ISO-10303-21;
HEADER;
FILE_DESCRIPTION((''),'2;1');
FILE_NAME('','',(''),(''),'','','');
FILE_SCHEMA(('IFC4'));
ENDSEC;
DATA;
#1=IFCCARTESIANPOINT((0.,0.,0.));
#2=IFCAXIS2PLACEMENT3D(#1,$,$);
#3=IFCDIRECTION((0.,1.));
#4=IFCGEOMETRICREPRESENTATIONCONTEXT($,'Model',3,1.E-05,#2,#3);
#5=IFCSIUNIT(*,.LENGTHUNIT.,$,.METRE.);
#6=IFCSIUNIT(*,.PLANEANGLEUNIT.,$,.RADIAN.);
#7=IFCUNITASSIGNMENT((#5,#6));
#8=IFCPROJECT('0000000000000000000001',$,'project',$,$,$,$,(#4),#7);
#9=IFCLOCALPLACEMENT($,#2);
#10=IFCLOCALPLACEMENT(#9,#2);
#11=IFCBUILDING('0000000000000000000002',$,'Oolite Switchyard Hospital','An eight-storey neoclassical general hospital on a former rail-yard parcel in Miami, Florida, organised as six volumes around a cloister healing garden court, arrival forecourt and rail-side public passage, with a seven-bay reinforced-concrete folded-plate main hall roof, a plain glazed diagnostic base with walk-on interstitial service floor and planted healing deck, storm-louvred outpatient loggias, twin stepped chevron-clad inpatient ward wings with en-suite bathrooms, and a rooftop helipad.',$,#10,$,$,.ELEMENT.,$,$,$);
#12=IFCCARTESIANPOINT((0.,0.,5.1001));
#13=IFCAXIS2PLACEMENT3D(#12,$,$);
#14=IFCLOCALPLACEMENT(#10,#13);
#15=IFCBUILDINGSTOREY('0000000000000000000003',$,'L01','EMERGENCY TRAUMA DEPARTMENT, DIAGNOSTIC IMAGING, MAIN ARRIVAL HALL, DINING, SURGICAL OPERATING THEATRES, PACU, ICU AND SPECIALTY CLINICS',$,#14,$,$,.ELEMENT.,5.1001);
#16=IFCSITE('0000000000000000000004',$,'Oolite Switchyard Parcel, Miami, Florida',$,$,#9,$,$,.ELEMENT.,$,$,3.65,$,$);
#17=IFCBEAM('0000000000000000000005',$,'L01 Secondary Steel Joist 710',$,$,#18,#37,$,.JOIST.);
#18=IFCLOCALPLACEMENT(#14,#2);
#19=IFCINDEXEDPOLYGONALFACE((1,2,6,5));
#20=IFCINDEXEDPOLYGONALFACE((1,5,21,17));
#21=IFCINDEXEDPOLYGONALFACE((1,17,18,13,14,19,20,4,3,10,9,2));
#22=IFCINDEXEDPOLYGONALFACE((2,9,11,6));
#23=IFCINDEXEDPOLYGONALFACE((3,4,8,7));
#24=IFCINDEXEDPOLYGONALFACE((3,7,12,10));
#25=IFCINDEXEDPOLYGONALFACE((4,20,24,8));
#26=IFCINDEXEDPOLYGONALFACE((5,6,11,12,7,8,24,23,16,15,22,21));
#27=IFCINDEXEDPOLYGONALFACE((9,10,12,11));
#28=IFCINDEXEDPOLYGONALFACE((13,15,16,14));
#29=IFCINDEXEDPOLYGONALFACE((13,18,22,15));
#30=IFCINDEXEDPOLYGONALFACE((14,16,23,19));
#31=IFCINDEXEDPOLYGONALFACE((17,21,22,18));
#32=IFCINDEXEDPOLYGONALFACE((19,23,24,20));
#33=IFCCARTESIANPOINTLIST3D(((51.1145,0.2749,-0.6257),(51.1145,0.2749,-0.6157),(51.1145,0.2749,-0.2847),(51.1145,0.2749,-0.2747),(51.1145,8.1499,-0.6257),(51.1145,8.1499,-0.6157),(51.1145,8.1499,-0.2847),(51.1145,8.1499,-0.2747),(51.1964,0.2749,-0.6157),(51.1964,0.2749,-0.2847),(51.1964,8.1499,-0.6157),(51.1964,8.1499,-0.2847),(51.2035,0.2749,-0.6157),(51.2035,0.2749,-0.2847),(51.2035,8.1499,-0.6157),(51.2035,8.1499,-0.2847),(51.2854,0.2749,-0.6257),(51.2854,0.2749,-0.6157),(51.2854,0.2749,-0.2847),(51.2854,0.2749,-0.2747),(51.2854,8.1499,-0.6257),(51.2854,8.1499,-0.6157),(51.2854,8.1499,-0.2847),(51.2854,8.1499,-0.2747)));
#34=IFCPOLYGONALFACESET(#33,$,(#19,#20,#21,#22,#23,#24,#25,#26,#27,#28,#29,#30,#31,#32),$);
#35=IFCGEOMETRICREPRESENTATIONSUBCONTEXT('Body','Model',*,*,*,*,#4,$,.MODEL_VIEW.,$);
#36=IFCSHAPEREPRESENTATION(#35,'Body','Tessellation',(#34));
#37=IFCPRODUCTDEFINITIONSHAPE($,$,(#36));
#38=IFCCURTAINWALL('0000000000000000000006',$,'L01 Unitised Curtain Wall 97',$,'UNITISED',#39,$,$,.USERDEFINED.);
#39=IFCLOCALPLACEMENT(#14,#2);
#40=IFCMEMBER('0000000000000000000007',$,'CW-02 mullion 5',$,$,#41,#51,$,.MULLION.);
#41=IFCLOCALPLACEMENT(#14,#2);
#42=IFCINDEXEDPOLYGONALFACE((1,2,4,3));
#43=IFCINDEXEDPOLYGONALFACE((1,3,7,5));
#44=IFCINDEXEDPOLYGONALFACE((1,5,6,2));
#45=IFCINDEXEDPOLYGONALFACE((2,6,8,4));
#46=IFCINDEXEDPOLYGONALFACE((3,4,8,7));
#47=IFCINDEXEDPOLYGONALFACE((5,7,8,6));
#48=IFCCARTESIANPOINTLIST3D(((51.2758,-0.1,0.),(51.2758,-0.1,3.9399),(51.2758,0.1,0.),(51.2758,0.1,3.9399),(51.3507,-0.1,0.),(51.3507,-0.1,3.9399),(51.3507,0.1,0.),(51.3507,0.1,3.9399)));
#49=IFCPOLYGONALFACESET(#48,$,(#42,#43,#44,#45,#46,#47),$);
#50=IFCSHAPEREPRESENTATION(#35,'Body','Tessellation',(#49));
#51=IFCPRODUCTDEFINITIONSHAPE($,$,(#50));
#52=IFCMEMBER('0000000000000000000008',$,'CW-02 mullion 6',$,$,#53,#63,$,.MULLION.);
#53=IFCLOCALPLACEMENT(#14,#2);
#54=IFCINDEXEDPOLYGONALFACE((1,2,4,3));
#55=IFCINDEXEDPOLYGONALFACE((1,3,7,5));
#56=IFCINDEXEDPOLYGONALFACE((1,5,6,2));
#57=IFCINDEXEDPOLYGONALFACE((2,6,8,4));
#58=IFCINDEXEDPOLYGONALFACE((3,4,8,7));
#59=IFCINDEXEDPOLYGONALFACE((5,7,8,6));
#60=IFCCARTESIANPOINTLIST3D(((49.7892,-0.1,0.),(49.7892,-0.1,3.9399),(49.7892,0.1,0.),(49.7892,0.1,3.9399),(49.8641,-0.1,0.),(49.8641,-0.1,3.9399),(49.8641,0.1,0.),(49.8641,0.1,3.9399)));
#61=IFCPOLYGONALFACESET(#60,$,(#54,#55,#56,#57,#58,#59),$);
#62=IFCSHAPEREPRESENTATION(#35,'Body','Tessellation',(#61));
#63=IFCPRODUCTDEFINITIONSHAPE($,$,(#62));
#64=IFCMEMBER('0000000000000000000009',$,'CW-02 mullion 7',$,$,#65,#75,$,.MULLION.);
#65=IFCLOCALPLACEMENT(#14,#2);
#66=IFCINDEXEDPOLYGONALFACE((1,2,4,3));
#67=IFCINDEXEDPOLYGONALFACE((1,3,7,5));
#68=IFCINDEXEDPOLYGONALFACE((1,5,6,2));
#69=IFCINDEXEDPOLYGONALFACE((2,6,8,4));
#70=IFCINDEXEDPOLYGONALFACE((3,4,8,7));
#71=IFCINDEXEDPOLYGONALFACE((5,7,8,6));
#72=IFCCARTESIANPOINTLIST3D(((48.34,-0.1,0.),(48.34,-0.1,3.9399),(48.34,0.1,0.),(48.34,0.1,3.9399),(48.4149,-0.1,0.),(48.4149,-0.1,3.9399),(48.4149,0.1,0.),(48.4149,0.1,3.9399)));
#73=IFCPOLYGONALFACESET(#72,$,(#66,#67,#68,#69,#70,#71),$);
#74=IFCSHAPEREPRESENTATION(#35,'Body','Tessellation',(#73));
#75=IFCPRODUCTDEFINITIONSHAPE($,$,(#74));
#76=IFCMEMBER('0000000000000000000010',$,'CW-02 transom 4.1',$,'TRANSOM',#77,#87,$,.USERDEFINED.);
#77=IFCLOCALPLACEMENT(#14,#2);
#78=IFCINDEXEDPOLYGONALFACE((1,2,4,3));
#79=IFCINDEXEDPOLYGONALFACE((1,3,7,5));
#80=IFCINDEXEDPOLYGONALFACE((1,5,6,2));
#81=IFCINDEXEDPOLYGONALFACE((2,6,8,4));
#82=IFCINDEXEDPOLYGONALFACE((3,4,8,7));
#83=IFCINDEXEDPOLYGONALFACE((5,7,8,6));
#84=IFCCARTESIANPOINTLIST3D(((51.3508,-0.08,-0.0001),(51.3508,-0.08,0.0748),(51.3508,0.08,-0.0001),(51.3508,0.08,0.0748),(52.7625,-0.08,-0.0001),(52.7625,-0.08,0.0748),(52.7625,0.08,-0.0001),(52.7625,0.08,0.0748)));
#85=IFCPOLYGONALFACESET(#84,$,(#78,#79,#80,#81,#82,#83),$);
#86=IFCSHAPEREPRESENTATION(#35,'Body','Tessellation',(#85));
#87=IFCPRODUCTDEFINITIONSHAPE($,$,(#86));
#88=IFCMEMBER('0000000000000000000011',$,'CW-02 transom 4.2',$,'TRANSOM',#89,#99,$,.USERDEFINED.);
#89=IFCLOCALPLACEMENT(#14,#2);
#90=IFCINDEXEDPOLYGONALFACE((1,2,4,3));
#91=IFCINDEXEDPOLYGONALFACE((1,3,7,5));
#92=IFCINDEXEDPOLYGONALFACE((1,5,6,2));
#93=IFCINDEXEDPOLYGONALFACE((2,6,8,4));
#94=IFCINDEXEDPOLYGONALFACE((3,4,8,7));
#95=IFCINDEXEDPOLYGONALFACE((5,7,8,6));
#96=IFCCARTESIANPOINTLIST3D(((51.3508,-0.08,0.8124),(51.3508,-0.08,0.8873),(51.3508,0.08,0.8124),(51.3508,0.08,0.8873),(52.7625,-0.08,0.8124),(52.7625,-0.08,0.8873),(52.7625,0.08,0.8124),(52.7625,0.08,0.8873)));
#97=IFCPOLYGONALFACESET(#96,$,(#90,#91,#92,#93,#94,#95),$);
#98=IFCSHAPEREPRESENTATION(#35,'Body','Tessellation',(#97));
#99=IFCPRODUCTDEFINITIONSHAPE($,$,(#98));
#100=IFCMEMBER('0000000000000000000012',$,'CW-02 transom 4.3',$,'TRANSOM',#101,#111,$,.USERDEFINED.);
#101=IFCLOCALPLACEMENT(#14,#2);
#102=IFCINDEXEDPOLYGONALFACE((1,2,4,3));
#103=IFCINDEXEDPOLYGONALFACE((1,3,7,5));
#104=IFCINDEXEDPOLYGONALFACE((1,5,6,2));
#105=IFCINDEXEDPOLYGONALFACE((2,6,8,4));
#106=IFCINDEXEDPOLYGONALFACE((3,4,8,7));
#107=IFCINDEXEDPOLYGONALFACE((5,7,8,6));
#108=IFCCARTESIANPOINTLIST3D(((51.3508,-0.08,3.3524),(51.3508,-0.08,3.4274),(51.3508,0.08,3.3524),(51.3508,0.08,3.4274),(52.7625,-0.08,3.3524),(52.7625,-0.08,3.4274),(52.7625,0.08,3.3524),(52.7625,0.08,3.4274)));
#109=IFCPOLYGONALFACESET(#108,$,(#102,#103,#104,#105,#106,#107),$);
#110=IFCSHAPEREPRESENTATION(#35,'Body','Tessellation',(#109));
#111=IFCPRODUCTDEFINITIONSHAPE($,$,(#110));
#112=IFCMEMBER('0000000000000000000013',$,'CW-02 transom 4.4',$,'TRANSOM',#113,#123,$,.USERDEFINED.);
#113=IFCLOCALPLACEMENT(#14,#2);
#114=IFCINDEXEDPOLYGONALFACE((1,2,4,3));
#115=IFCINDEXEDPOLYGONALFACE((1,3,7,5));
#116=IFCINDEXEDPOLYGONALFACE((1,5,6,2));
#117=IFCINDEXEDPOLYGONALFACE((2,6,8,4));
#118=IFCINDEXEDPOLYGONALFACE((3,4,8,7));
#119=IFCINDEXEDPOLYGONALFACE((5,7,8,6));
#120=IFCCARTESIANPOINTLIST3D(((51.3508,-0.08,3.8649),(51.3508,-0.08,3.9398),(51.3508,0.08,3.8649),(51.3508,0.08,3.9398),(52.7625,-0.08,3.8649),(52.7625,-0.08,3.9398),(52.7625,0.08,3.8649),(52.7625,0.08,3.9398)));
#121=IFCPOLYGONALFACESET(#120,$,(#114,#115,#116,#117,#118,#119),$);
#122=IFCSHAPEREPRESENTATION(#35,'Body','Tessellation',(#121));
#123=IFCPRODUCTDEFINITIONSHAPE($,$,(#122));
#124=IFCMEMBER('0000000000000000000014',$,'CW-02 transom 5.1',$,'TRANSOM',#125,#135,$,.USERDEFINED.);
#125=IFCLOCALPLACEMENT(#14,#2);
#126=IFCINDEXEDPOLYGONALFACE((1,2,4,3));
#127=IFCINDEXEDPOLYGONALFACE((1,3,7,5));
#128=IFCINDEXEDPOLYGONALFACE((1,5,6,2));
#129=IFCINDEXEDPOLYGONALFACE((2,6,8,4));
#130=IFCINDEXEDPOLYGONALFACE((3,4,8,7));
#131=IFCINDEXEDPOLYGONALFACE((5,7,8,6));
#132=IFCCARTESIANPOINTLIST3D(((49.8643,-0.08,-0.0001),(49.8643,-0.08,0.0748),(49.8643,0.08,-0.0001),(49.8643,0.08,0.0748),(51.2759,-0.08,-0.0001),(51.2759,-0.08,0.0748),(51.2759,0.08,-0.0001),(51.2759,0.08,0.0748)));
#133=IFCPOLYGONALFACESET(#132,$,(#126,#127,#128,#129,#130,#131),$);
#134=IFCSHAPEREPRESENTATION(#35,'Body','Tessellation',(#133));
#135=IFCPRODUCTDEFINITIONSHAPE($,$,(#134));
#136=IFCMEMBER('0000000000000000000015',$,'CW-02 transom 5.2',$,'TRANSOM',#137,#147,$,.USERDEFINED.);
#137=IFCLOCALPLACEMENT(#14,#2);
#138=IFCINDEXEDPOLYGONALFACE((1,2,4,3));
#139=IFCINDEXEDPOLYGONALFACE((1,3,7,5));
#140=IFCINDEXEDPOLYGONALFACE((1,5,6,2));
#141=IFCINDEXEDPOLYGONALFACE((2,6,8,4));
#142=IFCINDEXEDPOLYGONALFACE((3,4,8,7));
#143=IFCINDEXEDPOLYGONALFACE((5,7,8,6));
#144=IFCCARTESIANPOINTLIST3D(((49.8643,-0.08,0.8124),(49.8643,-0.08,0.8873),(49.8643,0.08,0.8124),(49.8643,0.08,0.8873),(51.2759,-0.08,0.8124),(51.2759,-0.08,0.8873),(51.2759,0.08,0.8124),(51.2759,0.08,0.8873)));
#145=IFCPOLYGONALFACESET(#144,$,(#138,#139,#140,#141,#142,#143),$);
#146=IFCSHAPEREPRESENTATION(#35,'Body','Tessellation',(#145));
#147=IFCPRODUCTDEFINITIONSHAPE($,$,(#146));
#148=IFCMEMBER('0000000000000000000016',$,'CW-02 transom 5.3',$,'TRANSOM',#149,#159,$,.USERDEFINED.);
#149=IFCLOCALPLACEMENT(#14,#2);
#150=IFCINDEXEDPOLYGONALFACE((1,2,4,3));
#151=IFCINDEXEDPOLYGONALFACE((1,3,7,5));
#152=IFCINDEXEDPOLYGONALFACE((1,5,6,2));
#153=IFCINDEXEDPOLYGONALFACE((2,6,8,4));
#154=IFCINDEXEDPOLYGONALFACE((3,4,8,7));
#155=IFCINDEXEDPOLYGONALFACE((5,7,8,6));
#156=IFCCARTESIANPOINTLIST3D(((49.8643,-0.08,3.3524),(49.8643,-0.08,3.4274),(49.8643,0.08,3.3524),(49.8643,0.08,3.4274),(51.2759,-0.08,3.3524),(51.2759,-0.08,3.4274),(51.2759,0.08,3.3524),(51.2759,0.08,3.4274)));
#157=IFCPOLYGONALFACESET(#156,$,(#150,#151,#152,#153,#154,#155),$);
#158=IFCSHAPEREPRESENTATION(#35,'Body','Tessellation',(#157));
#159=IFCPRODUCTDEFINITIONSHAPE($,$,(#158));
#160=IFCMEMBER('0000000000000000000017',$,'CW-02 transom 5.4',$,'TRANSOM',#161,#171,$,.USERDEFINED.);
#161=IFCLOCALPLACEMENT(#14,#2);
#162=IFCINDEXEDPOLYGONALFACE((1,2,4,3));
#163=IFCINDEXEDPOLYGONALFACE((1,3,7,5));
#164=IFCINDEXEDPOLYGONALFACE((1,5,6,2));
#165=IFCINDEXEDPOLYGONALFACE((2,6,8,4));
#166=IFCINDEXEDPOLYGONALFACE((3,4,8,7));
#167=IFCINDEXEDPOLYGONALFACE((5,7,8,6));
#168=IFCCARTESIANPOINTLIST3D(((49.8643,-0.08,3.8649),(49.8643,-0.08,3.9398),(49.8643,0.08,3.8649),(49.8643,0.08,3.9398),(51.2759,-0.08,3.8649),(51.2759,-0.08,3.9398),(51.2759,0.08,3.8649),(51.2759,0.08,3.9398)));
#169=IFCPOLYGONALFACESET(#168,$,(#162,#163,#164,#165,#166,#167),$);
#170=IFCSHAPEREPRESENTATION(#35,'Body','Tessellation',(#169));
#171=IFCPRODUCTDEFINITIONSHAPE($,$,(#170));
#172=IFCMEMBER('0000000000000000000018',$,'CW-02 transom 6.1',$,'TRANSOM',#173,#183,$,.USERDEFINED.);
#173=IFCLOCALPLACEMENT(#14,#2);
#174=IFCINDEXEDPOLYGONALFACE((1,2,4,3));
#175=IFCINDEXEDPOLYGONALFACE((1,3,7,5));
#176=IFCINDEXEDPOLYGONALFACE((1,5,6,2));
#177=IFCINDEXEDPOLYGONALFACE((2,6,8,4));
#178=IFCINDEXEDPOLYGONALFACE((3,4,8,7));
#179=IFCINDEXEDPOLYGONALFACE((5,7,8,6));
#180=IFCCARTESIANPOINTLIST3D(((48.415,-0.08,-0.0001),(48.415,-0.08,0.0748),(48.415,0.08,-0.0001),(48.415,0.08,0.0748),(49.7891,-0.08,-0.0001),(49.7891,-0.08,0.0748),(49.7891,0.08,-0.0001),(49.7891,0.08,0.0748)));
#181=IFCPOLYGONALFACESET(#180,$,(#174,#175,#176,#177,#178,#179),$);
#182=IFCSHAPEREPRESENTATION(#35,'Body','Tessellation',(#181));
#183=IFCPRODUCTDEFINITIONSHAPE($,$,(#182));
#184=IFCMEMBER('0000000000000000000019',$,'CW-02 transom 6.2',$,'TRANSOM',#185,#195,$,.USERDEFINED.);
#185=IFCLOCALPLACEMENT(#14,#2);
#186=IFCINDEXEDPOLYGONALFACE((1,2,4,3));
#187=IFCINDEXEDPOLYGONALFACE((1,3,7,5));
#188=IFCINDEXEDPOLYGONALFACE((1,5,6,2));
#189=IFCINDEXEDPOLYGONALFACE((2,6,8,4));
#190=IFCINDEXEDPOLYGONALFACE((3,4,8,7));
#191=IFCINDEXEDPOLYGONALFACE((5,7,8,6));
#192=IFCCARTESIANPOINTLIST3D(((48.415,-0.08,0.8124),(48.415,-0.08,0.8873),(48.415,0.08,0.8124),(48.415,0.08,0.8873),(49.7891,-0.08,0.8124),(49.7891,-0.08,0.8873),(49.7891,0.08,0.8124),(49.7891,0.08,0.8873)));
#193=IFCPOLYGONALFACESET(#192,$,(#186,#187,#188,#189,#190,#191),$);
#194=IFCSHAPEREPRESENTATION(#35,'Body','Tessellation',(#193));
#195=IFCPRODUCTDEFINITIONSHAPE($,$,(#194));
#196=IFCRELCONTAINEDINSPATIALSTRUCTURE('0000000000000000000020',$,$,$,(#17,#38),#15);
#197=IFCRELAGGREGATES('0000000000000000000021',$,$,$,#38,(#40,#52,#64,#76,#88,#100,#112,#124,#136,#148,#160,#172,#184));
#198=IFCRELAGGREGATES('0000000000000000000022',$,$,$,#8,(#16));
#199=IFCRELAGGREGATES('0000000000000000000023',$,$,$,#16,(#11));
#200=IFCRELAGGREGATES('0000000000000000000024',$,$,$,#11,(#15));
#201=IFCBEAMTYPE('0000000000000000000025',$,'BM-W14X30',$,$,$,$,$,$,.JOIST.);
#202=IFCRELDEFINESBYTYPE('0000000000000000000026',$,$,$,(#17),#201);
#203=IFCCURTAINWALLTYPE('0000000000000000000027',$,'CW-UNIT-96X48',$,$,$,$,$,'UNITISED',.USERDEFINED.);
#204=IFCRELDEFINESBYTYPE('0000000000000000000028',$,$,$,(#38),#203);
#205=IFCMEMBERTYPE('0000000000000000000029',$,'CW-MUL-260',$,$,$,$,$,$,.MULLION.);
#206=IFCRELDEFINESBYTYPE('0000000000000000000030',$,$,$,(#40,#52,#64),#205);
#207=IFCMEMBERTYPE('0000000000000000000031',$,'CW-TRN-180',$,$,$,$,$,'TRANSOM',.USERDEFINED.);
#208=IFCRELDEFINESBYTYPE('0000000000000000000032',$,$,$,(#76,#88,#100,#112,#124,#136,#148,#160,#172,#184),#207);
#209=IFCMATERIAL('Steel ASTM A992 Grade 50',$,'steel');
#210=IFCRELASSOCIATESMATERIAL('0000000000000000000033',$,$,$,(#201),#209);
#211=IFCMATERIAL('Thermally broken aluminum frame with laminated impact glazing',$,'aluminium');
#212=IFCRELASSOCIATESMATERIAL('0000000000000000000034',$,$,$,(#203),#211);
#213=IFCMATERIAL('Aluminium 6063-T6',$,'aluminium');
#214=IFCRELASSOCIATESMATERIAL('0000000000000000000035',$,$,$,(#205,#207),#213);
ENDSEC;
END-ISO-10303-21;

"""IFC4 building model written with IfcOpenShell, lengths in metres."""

from ifc_helpers import new_model, si_unit, direction, frame, origin, origin_2d, place, context, subcontext, project, spatial, rectangle, i_section, extrude, material, material_profile, profile_set, type_object, element, aggregate, save


model = new_model("IFC4")

# Units and contexts
model_context = context("Model", 3, precision=1e-05, world=origin(), true_north=direction((0.0, 1.0)))
body_context = subcontext(model_context, "Body", "Model", "MODEL_VIEW")
ifc_project = project(units=[si_unit("LENGTHUNIT", "METRE"), si_unit("PLANEANGLEUNIT", "RADIAN")], contexts=[model_context])

# Site, building, storey
site_placement = place(None, origin())
site = spatial("IfcSite", under=ifc_project, at=site_placement, Name="Oolite Switchyard Parcel, Miami, Florida", CompositionType="ELEMENT", RefElevation=3.65)
building_placement = place(site_placement, origin())
building = spatial("IfcBuilding", under=site, at=building_placement, Name="Oolite Switchyard Hospital", Description="An eight-storey neoclassical general hospital on a former rail-yard parcel in Miami, Florida, organised as six volumes around a cloister healing garden court, arrival forecourt and rail-side public passage, with a seven-bay reinforced-concrete folded-plate main hall roof, a plain glazed diagnostic base with walk-on interstitial service floor and planted healing deck, storm-louvred outpatient loggias, twin stepped chevron-clad inpatient ward wings with en-suite bathrooms, and a rooftop helipad.", CompositionType="ELEMENT")
storey_placement = place(building_placement, frame((0.0, 0.0, 5.1001)))
storey = spatial("IfcBuildingStorey", under=building, at=storey_placement, Name="L01", Description="EMERGENCY TRAUMA DEPARTMENT, DIAGNOSTIC IMAGING, MAIN ARRIVAL HALL, DINING, SURGICAL OPERATING THEATRES, PACU, ICU AND SPECIALTY CLINICS", CompositionType="ELEMENT", Elevation=5.1001)

# Beam
ifc_material_1 = material(Name="Steel ASTM A992 Grade 50", Category="steel")
ifc_material_profile_1 = material_profile(ifc_material_1, i_section(OverallWidth=0.1709, OverallDepth=0.3511, WebThickness=0.0071, FlangeThickness=0.01, at=origin_2d()), Name="W14X30")
ifc_profile_set_1 = profile_set([ifc_material_profile_1], Name="Steel ASTM A992 Grade 50")
beam_type = type_object("IfcBeamType", Name="BM-W14X30", PredefinedType="JOIST", material=ifc_profile_set_1)
beam_placement = place(storey_placement, frame((51.2, 0.2749, -0.4502), z_axis=(0.0, 1.0, 0.0), x_axis=(-1.0, 0.0, 0.0)))
element("IfcBeam", 1, at=beam_placement, inside=storey, type_object=beam_type, Name="L01 Secondary Steel Joist 710", PredefinedType="JOIST", context=body_context, shape_type="SweptSolid", body=[
    extrude(i_section(OverallWidth=0.1709, OverallDepth=0.3511, WebThickness=0.0071, FlangeThickness=0.01, at=origin_2d()), origin(), (0.0, 0.0, 1.0), 7.875),
])

# Curtain wall, members
ifc_material_2 = material(Name="Thermally broken aluminum frame with laminated impact glazing", Category="aluminium")
curtain_wall_type = type_object("IfcCurtainWallType", Name="CW-UNIT-96X48", ElementType="UNITISED", PredefinedType="USERDEFINED", material=ifc_material_2)
curtain_wall_placement = place(storey_placement, origin())
curtain_wall = element("IfcCurtainWall", 2, at=curtain_wall_placement, inside=storey, type_object=curtain_wall_type, Name="L01 Unitised Curtain Wall 97", ObjectType="UNITISED", PredefinedType="USERDEFINED")
ifc_material_3 = material(Name="Aluminium 6063-T6", Category="aluminium")
ifc_material_profile_2 = material_profile(ifc_material_3, rectangle(XDim=0.2, YDim=0.075, at=origin_2d()), Name="CWM75X200")
ifc_profile_set_2 = profile_set([ifc_material_profile_2], Name="Aluminium 6063-T6")
member_type_1 = type_object("IfcMemberType", Name="CW-MUL-260", PredefinedType="MULLION", material=ifc_profile_set_2)
member_1_placement = place(storey_placement, frame((51.3132, 0.0, 0.0), z_axis=(0.0, 0.0, 1.0), x_axis=(0.0, -1.0, 0.0)))
member_1 = element("IfcMember", 3, at=member_1_placement, type_object=member_type_1, Name="CW-02 mullion 5", PredefinedType="MULLION", context=body_context, shape_type="SweptSolid", body=[
    extrude(rectangle(XDim=0.2, YDim=0.075, at=origin_2d()), origin(), (0.0, 0.0, 1.0), 3.9399),
])
member_2_placement = place(storey_placement, frame((49.8267, 0.0, 0.0), z_axis=(0.0, 0.0, 1.0), x_axis=(0.0, -1.0, 0.0)))
member_2 = element("IfcMember", 4, at=member_2_placement, type_object=member_type_1, Name="CW-02 mullion 6", PredefinedType="MULLION", context=body_context, shape_type="SweptSolid", body=[
    extrude(rectangle(XDim=0.2, YDim=0.075, at=origin_2d()), origin(), (0.0, 0.0, 1.0), 3.9399),
])
member_3_placement = place(storey_placement, frame((48.3774, 0.0, 0.0), z_axis=(0.0, 0.0, 1.0), x_axis=(0.0, -1.0, 0.0)))
member_3 = element("IfcMember", 5, at=member_3_placement, type_object=member_type_1, Name="CW-02 mullion 7", PredefinedType="MULLION", context=body_context, shape_type="SweptSolid", body=[
    extrude(rectangle(XDim=0.2, YDim=0.075, at=origin_2d()), origin(), (0.0, 0.0, 1.0), 3.9399),
])
ifc_material_profile_3 = material_profile(ifc_material_3, rectangle(XDim=0.1599, YDim=0.075, at=origin_2d()), Name="CWT75X160")
ifc_profile_set_3 = profile_set([ifc_material_profile_3], Name="Aluminium 6063-T6")
member_type_2 = type_object("IfcMemberType", Name="CW-TRN-180", ElementType="TRANSOM", PredefinedType="USERDEFINED", material=ifc_profile_set_3)
member_4_placement = place(storey_placement, frame((52.7625, 0.0, 0.0374), z_axis=(-1.0, 0.0, 0.0), x_axis=(0.0, -1.0, 0.0)))
member_4 = element("IfcMember", 6, at=member_4_placement, type_object=member_type_2, Name="CW-02 transom 4.1", ObjectType="TRANSOM", PredefinedType="USERDEFINED", context=body_context, shape_type="SweptSolid", body=[
    extrude(rectangle(XDim=0.1599, YDim=0.075, at=origin_2d()), origin(), (0.0, 0.0, 1.0), 1.4116),
])
member_5_placement = place(storey_placement, frame((52.7625, 0.0, 0.8499), z_axis=(-1.0, 0.0, 0.0), x_axis=(0.0, -1.0, 0.0)))
member_5 = element("IfcMember", 7, at=member_5_placement, type_object=member_type_2, Name="CW-02 transom 4.2", ObjectType="TRANSOM", PredefinedType="USERDEFINED", context=body_context, shape_type="SweptSolid", body=[
    extrude(rectangle(XDim=0.1599, YDim=0.075, at=origin_2d()), origin(), (0.0, 0.0, 1.0), 1.4116),
])
member_6_placement = place(storey_placement, frame((52.7625, 0.0, 3.3899), z_axis=(-1.0, 0.0, 0.0), x_axis=(0.0, -1.0, 0.0)))
member_6 = element("IfcMember", 8, at=member_6_placement, type_object=member_type_2, Name="CW-02 transom 4.3", ObjectType="TRANSOM", PredefinedType="USERDEFINED", context=body_context, shape_type="SweptSolid", body=[
    extrude(rectangle(XDim=0.1599, YDim=0.075, at=origin_2d()), origin(), (0.0, 0.0, 1.0), 1.4116),
])
member_7_placement = place(storey_placement, frame((52.7625, 0.0, 3.9023), z_axis=(-1.0, 0.0, 0.0), x_axis=(0.0, -1.0, 0.0)))
member_7 = element("IfcMember", 9, at=member_7_placement, type_object=member_type_2, Name="CW-02 transom 4.4", ObjectType="TRANSOM", PredefinedType="USERDEFINED", context=body_context, shape_type="SweptSolid", body=[
    extrude(rectangle(XDim=0.1599, YDim=0.075, at=origin_2d()), origin(), (0.0, 0.0, 1.0), 1.4116),
])
member_8_placement = place(storey_placement, frame((51.2759, 0.0, 0.0374), z_axis=(-1.0, 0.0, 0.0), x_axis=(0.0, -1.0, 0.0)))
member_8 = element("IfcMember", 10, at=member_8_placement, type_object=member_type_2, Name="CW-02 transom 5.1", ObjectType="TRANSOM", PredefinedType="USERDEFINED", context=body_context, shape_type="SweptSolid", body=[
    extrude(rectangle(XDim=0.1599, YDim=0.075, at=origin_2d()), origin(), (0.0, 0.0, 1.0), 1.4116),
])
member_9_placement = place(storey_placement, frame((51.2759, 0.0, 0.8499), z_axis=(-1.0, 0.0, 0.0), x_axis=(0.0, -1.0, 0.0)))
member_9 = element("IfcMember", 11, at=member_9_placement, type_object=member_type_2, Name="CW-02 transom 5.2", ObjectType="TRANSOM", PredefinedType="USERDEFINED", context=body_context, shape_type="SweptSolid", body=[
    extrude(rectangle(XDim=0.1599, YDim=0.075, at=origin_2d()), origin(), (0.0, 0.0, 1.0), 1.4116),
])
member_10_placement = place(storey_placement, frame((51.2759, 0.0, 3.3899), z_axis=(-1.0, 0.0, 0.0), x_axis=(0.0, -1.0, 0.0)))
member_10 = element("IfcMember", 12, at=member_10_placement, type_object=member_type_2, Name="CW-02 transom 5.3", ObjectType="TRANSOM", PredefinedType="USERDEFINED", context=body_context, shape_type="SweptSolid", body=[
    extrude(rectangle(XDim=0.1599, YDim=0.075, at=origin_2d()), origin(), (0.0, 0.0, 1.0), 1.4116),
])
member_11_placement = place(storey_placement, frame((51.2759, 0.0, 3.9023), z_axis=(-1.0, 0.0, 0.0), x_axis=(0.0, -1.0, 0.0)))
member_11 = element("IfcMember", 13, at=member_11_placement, type_object=member_type_2, Name="CW-02 transom 5.4", ObjectType="TRANSOM", PredefinedType="USERDEFINED", context=body_context, shape_type="SweptSolid", body=[
    extrude(rectangle(XDim=0.1599, YDim=0.075, at=origin_2d()), origin(), (0.0, 0.0, 1.0), 1.4116),
])
member_12_placement = place(storey_placement, frame((49.7891, 0.0, 0.0374), z_axis=(-1.0, 0.0, 0.0), x_axis=(0.0, -1.0, 0.0)))
member_12 = element("IfcMember", 14, at=member_12_placement, type_object=member_type_2, Name="CW-02 transom 6.1", ObjectType="TRANSOM", PredefinedType="USERDEFINED", context=body_context, shape_type="SweptSolid", body=[
    extrude(rectangle(XDim=0.1599, YDim=0.075, at=origin_2d()), origin(), (0.0, 0.0, 1.0), 1.374),
])
member_13_placement = place(storey_placement, frame((49.7891, 0.0, 0.8499), z_axis=(-1.0, 0.0, 0.0), x_axis=(0.0, -1.0, 0.0)))
member_13 = element("IfcMember", 15, at=member_13_placement, type_object=member_type_2, Name="CW-02 transom 6.2", ObjectType="TRANSOM", PredefinedType="USERDEFINED", context=body_context, shape_type="SweptSolid", body=[
    extrude(rectangle(XDim=0.1599, YDim=0.075, at=origin_2d()), origin(), (0.0, 0.0, 1.0), 1.374),
])
aggregate(curtain_wall, [member_1, member_2, member_3, member_4, member_5, member_6, member_7, member_8, member_9, member_10, member_11, member_12, member_13])

save(model, "model.ifc")
